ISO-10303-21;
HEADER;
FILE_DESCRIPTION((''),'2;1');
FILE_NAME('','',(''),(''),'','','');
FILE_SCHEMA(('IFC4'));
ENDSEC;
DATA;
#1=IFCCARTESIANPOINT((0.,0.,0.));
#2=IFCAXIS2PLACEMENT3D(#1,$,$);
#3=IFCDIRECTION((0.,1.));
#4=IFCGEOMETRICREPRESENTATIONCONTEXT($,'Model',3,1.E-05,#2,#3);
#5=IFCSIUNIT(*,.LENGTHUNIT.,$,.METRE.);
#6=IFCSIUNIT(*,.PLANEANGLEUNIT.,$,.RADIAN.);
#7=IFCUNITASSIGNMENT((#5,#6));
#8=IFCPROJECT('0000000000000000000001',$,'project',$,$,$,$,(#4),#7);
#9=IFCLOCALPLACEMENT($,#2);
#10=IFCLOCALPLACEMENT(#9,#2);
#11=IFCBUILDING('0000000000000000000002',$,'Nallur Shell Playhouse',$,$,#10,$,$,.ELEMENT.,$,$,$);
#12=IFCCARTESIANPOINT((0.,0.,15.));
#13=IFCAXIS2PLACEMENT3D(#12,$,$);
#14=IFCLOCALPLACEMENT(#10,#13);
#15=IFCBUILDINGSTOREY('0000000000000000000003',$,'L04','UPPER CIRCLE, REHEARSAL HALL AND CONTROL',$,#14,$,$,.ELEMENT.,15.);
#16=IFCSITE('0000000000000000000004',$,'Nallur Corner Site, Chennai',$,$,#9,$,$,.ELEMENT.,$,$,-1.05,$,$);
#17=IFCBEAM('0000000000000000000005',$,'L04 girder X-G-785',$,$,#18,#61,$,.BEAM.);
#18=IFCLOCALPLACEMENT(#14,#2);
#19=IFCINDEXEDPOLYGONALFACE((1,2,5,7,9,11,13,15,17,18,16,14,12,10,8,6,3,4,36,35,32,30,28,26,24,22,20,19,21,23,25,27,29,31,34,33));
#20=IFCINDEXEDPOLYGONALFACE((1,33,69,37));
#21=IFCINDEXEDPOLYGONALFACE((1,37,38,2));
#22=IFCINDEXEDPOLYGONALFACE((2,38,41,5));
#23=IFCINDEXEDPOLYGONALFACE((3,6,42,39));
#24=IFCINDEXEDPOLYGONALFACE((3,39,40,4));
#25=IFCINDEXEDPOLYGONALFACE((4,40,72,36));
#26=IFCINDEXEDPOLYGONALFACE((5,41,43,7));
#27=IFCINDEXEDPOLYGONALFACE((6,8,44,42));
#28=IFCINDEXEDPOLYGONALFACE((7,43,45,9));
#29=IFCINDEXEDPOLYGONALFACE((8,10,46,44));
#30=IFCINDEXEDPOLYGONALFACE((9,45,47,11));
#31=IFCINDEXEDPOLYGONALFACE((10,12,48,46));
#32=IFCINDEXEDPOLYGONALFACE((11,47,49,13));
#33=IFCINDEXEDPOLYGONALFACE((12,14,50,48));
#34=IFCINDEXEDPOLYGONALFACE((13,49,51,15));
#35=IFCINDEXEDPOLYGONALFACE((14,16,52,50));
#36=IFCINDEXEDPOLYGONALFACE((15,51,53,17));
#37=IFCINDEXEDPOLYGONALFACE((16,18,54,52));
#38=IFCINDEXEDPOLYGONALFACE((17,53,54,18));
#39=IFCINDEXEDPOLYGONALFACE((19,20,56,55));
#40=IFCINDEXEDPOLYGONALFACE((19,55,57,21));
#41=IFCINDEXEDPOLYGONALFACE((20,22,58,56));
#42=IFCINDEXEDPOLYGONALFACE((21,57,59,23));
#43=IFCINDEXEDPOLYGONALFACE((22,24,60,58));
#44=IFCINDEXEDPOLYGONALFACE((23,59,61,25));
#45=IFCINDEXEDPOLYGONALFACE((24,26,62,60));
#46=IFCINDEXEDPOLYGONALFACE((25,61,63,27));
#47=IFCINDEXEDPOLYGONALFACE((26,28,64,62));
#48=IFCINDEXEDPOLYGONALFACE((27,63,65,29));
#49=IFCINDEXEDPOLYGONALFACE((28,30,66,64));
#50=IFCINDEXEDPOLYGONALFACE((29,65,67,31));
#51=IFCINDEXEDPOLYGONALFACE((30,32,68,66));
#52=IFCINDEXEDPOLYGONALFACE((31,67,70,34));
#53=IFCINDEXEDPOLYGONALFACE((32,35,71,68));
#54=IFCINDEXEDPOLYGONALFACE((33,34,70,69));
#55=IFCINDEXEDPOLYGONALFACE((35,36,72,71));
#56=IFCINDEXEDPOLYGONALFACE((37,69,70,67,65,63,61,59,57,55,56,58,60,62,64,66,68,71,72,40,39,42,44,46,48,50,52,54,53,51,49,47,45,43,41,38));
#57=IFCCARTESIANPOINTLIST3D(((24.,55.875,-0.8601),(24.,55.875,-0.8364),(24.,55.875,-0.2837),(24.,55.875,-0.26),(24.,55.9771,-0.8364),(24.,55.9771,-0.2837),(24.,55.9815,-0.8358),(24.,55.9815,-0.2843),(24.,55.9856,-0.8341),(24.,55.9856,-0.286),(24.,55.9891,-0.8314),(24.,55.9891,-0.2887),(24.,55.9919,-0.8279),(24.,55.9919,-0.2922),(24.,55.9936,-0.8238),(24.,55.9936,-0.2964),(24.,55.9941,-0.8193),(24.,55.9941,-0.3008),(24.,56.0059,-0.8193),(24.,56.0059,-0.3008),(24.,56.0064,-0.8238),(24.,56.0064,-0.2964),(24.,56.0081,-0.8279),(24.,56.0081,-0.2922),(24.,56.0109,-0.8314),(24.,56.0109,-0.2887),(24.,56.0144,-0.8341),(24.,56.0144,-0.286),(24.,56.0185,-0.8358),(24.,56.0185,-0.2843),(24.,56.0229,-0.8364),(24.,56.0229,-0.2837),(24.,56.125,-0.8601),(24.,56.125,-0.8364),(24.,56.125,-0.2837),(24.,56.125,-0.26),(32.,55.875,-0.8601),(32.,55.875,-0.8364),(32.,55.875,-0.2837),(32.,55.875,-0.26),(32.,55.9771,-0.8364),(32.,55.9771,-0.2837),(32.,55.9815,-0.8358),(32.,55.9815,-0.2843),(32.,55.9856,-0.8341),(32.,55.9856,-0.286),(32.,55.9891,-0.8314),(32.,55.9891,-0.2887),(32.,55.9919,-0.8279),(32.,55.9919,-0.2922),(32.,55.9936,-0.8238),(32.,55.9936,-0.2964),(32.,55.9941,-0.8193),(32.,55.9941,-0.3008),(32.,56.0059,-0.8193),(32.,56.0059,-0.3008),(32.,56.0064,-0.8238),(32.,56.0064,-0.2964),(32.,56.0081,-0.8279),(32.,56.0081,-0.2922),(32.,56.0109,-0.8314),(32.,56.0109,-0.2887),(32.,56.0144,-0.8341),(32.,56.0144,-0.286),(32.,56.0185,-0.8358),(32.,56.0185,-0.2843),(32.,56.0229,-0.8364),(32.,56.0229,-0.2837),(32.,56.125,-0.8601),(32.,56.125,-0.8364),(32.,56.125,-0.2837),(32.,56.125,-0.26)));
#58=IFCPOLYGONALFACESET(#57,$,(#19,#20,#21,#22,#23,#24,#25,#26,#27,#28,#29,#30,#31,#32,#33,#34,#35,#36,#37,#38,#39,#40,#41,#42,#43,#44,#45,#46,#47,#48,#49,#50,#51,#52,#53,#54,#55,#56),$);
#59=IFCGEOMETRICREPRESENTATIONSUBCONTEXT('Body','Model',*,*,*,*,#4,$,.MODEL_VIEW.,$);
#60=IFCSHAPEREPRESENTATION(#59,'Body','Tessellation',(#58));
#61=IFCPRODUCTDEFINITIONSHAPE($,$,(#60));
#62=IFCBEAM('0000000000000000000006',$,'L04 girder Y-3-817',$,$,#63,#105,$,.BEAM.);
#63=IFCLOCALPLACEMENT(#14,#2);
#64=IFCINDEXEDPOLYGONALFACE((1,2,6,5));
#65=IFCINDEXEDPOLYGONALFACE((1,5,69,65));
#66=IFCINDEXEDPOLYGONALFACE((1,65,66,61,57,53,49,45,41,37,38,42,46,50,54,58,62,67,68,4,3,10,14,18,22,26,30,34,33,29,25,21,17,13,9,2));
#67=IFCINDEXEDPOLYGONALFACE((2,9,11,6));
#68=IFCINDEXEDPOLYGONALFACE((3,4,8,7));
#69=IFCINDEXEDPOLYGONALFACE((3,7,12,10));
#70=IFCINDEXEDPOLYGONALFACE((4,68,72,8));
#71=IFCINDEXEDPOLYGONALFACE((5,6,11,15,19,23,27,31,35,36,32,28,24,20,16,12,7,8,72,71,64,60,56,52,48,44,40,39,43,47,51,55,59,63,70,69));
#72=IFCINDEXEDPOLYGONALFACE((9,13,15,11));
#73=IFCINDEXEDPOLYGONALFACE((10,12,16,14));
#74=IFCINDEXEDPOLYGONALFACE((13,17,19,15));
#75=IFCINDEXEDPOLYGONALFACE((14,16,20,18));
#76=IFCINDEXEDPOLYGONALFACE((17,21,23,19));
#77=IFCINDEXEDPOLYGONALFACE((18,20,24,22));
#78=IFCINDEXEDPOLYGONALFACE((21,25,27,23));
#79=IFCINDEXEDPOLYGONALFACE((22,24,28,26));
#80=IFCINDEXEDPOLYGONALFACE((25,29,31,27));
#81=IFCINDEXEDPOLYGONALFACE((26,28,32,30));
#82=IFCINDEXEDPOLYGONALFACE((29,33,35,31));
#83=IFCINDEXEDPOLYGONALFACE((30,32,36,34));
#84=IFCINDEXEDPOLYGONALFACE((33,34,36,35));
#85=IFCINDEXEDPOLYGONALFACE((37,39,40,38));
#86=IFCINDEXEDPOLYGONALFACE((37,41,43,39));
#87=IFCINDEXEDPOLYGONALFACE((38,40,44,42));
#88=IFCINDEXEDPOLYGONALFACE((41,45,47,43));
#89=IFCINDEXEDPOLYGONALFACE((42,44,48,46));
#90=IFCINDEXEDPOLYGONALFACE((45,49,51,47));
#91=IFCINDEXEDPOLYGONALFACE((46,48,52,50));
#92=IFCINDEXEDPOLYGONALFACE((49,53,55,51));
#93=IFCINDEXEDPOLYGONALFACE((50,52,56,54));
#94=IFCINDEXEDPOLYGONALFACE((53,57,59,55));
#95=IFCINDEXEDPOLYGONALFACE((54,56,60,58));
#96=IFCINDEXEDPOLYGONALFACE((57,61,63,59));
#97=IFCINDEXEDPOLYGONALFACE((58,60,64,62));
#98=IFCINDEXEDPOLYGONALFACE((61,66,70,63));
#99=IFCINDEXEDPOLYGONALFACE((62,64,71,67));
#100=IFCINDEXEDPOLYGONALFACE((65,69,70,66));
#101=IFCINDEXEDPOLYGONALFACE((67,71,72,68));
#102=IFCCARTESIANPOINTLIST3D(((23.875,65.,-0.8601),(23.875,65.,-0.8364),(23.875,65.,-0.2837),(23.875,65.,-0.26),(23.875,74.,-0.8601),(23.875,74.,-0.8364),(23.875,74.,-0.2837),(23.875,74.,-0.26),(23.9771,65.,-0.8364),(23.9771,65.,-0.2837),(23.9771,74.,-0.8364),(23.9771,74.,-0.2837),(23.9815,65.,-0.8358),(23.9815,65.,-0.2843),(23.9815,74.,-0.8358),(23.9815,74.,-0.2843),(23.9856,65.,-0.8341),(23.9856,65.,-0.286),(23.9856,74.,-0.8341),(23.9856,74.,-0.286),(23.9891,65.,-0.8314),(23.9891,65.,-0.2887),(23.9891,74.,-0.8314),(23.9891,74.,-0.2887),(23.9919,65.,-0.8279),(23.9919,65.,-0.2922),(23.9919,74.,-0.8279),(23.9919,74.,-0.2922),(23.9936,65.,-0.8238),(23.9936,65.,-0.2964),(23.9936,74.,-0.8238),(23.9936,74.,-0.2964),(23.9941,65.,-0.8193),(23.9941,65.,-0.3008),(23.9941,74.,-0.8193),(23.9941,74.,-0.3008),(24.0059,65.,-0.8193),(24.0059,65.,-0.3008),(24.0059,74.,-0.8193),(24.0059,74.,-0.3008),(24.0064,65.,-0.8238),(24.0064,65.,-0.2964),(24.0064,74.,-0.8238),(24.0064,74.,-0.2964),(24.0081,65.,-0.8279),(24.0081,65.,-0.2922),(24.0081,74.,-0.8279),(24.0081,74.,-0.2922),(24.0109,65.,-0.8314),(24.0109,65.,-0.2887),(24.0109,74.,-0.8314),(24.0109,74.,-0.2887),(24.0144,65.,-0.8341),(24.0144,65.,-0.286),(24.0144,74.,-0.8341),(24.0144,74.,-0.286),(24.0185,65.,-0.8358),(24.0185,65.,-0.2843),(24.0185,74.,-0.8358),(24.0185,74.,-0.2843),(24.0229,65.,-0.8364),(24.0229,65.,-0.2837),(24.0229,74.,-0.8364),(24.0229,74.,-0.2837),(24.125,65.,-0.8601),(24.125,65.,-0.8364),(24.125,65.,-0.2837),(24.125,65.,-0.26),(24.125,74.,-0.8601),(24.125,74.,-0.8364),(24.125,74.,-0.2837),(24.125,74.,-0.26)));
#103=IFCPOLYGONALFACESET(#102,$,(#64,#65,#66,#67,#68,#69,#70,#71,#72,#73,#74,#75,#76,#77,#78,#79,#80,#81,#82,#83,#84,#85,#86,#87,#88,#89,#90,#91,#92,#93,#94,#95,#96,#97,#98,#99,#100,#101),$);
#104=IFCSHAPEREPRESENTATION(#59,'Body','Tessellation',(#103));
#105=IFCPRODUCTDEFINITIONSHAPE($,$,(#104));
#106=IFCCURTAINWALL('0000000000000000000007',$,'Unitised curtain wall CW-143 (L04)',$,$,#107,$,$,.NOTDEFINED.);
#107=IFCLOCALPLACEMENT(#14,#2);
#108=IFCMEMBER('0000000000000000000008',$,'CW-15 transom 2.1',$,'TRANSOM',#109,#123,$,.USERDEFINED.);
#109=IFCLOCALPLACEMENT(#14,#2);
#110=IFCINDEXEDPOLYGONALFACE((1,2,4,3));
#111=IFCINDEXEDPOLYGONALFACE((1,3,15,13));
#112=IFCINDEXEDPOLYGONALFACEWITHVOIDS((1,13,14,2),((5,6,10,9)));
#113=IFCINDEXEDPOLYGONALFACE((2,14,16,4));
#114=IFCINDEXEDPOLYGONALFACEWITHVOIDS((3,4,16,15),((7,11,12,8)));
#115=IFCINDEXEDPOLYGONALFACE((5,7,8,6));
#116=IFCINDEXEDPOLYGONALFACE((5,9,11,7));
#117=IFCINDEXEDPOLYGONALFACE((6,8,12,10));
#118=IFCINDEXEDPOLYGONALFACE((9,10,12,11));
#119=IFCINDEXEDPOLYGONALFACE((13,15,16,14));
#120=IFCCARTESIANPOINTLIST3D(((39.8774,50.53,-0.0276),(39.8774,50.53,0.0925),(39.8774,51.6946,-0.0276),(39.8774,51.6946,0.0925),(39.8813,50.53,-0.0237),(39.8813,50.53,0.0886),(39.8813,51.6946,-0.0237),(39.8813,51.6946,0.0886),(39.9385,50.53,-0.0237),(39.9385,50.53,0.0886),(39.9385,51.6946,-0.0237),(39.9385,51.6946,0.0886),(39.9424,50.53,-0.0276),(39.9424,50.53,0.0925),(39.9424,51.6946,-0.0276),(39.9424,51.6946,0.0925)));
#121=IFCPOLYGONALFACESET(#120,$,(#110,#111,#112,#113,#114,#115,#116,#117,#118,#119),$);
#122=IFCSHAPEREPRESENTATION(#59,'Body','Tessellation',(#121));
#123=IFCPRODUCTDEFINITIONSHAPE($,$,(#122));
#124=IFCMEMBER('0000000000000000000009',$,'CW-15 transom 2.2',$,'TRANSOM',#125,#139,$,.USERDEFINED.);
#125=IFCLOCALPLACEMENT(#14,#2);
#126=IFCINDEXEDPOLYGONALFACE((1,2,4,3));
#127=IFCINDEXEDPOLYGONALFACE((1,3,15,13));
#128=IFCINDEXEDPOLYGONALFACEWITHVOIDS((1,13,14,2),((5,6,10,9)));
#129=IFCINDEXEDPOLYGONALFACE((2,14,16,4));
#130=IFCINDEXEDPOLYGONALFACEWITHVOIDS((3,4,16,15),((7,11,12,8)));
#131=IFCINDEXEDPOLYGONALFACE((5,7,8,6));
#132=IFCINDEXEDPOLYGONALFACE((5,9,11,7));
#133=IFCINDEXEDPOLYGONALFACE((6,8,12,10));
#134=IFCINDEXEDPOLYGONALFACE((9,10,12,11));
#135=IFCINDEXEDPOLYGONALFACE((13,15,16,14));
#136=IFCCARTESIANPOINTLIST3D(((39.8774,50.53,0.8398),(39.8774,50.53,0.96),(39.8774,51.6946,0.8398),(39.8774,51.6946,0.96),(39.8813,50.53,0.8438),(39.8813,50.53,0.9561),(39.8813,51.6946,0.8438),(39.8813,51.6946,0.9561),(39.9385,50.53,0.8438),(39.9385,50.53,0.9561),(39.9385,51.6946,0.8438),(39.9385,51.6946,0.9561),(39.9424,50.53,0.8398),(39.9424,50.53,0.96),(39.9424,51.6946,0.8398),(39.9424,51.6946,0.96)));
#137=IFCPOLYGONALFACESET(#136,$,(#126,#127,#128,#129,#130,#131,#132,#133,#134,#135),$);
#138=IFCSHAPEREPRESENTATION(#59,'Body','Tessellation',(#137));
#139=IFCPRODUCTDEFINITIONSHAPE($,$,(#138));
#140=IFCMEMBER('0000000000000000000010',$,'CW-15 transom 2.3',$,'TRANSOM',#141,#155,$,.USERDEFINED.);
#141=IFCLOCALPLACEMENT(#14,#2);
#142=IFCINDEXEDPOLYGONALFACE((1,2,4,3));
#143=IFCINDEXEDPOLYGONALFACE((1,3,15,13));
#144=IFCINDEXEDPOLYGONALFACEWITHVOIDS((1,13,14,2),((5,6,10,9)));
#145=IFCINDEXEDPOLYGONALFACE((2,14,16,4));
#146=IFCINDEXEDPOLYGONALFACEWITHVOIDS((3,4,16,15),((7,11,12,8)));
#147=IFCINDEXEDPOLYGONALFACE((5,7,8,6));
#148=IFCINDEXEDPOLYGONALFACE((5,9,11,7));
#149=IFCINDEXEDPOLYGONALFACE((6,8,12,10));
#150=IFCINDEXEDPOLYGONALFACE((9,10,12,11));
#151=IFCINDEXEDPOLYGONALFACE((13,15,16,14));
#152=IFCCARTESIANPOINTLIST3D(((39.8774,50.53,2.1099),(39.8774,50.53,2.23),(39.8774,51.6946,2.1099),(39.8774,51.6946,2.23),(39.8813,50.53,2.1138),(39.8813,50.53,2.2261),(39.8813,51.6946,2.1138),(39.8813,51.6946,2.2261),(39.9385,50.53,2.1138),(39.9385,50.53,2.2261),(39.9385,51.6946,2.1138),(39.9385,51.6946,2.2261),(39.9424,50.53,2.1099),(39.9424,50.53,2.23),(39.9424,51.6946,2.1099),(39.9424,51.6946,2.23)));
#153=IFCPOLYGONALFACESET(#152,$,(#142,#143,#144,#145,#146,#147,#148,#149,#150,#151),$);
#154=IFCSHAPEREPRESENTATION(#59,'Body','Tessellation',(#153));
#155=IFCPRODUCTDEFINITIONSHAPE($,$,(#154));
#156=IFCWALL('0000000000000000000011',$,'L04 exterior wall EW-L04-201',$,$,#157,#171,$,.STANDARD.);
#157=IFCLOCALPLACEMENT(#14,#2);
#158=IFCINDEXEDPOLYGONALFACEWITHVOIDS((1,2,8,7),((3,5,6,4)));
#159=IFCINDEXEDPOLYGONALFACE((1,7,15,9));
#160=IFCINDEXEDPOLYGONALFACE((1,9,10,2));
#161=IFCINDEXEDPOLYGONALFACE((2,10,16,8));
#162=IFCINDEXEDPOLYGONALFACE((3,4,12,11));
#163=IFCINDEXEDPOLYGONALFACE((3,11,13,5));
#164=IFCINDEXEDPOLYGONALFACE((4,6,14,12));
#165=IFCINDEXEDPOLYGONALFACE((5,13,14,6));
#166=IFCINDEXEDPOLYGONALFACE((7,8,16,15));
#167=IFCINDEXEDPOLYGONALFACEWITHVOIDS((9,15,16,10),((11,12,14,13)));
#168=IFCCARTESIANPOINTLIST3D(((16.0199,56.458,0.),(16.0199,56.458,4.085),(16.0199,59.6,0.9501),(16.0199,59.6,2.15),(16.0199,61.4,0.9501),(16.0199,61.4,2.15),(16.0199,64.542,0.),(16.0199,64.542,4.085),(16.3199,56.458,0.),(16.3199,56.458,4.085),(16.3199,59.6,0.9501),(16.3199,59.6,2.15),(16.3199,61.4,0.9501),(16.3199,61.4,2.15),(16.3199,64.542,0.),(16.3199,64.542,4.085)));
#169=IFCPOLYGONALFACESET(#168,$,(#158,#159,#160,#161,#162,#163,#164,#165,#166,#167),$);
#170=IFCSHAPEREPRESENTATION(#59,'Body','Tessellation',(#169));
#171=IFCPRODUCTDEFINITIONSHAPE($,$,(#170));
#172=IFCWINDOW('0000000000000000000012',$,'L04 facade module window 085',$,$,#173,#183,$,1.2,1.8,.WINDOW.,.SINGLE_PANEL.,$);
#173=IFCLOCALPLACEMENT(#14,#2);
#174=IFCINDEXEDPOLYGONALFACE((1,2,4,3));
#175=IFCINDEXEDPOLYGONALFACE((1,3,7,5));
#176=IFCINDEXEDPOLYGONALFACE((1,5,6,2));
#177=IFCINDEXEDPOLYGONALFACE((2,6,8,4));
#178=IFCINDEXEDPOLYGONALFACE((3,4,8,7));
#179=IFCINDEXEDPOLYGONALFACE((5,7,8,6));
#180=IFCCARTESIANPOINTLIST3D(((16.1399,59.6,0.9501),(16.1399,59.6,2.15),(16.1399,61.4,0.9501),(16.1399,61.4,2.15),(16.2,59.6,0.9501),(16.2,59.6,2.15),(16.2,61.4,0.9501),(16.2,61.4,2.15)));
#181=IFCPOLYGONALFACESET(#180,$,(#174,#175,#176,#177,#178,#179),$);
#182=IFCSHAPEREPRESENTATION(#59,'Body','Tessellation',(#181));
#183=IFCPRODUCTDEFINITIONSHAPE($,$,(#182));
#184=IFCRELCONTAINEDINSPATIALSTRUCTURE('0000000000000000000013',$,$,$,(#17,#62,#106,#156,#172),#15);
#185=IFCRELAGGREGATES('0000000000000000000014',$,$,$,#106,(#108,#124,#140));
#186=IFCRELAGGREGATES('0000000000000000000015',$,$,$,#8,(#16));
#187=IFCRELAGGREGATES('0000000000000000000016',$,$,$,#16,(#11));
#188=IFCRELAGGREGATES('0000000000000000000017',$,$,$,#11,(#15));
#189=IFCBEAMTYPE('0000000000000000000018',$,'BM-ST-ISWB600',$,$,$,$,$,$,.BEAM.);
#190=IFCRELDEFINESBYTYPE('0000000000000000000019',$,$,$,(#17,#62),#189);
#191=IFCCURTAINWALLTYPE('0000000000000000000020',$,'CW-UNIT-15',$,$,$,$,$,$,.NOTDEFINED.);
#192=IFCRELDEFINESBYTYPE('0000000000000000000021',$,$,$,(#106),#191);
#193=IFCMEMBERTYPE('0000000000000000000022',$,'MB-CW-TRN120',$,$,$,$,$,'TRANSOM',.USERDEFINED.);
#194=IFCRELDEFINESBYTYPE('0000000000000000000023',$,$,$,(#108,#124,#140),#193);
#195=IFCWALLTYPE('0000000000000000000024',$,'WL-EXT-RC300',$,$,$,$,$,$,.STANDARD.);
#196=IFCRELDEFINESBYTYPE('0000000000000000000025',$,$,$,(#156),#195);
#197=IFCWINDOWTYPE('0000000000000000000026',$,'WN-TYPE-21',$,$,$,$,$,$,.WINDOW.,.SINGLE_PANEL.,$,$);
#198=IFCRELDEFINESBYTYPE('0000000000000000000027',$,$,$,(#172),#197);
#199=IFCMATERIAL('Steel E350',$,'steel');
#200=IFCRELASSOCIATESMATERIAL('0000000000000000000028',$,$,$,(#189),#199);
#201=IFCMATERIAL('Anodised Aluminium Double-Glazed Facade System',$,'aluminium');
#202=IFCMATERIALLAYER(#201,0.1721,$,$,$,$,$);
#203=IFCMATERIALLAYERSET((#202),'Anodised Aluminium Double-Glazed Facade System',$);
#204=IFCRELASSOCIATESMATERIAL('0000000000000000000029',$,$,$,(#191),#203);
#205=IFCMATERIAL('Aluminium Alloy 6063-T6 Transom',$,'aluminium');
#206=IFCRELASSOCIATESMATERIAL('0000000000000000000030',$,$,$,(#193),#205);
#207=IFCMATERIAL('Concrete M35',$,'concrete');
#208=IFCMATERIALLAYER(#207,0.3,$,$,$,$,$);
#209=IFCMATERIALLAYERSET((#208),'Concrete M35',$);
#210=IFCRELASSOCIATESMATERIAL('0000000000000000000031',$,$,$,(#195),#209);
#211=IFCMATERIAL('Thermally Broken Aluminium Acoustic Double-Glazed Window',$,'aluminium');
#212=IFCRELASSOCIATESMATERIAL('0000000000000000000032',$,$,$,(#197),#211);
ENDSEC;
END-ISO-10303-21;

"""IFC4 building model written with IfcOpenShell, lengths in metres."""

from ifc_helpers import new_model, si_unit, direction, frame, frame_2d, origin, origin_2d, place, context, subcontext, project, spatial, rectangle, hollow_rectangle, i_section, extrude, material, layer, layer_set, material_profile, profile_set, type_object, element, fill, aggregate, save


model = new_model("IFC4")

# Units and contexts
model_context = context("Model", 3, precision=1e-05, world=origin(), true_north=direction((0.0, 1.0)))
body_context = subcontext(model_context, "Body", "Model", "MODEL_VIEW")
ifc_project = project(units=[si_unit("LENGTHUNIT", "METRE"), si_unit("PLANEANGLEUNIT", "RADIAN")], contexts=[model_context])

# Site, building, storey
site_placement = place(None, origin())
site = spatial("IfcSite", under=ifc_project, at=site_placement, Name="Nallur Corner Site, Chennai", CompositionType="ELEMENT", RefElevation=-1.05)
building_placement = place(site_placement, origin())
building = spatial("IfcBuilding", under=site, at=building_placement, Name="Nallur Shell Playhouse", CompositionType="ELEMENT")
storey_placement = place(building_placement, frame((0.0, 0.0, 15.0)))
storey = spatial("IfcBuildingStorey", under=building, at=storey_placement, Name="L04", Description="UPPER CIRCLE, REHEARSAL HALL AND CONTROL", CompositionType="ELEMENT", Elevation=15.0)

# Beams
ifc_material_1 = material(Name="Concrete M35", Category="concrete")
ifc_material_2 = material(Name="Steel E350", Category="steel")
ifc_material_profile_1 = material_profile(ifc_material_2, i_section(OverallWidth=0.25, OverallDepth=0.6001, WebThickness=0.0117, FlangeThickness=0.0237, FilletRadius=0.0171, at=origin_2d()), Name="ISWB 600")
ifc_profile_set_1 = profile_set([ifc_material_profile_1], Name="Steel E350")
beam_type_1 = type_object("IfcBeamType", Name="BM-ST-ISWB600", PredefinedType="BEAM", material=ifc_profile_set_1)
beam_1_placement = place(storey_placement, frame((24.0, 56.0, -0.5601), z_axis=(1.0, 0.0, 0.0), x_axis=(0.0, 1.0, 0.0)))
element("IfcBeam", 1, at=beam_1_placement, inside=storey, type_object=beam_type_1, Name="L04 girder X-G-785", PredefinedType="BEAM", context=body_context, shape_type="SweptSolid", body=[
    extrude(i_section(OverallWidth=0.25, OverallDepth=0.6001, WebThickness=0.0117, FlangeThickness=0.0237, FilletRadius=0.0171, at=origin_2d()), origin(), (0.0, 0.0, 1.0), 8.0),
])
beam_2_placement = place(storey_placement, frame((24.0, 65.0, -0.5601), z_axis=(0.0, 1.0, 0.0), x_axis=(-1.0, 0.0, 0.0)))
element("IfcBeam", 2, at=beam_2_placement, inside=storey, type_object=beam_type_1, Name="L04 girder Y-3-817", PredefinedType="BEAM", context=body_context, shape_type="SweptSolid", body=[
    extrude(i_section(OverallWidth=0.25, OverallDepth=0.6001, WebThickness=0.0117, FlangeThickness=0.0237, FilletRadius=0.0171, at=origin_2d()), origin(), (0.0, 0.0, 1.0), 9.0),
])

# Curtain wall, members
ifc_material_3 = material(Name="Anodised Aluminium Double-Glazed Facade System", Category="aluminium")
ifc_layer_1 = layer(ifc_material_3, 0.1721)
ifc_layer_set_1 = layer_set([ifc_layer_1], Name="Anodised Aluminium Double-Glazed Facade System")
curtain_wall_type = type_object("IfcCurtainWallType", Name="CW-UNIT-15", PredefinedType="NOTDEFINED", material=ifc_layer_set_1)
curtain_wall_placement = place(storey_placement, origin())
curtain_wall = element("IfcCurtainWall", 3, at=curtain_wall_placement, inside=storey, type_object=curtain_wall_type, Name="Unitised curtain wall CW-143 (L04)", PredefinedType="NOTDEFINED")
ifc_material_4 = material(Name="Aluminium Alloy 6063-T6 Transom", Category="aluminium")
ifc_material_profile_2 = material_profile(ifc_material_4, hollow_rectangle(XDim=0.0649, YDim=0.1201, WallThickness=0.0039, at=origin_2d()), Name="ALU 65x120x4")
ifc_profile_set_2 = profile_set([ifc_material_profile_2], Name="Aluminium Alloy 6063-T6 Transom")
member_type = type_object("IfcMemberType", Name="MB-CW-TRN120", ElementType="TRANSOM", PredefinedType="USERDEFINED", material=ifc_profile_set_2)
member_1_placement = place(storey_placement, frame((39.9099, 51.6946, 0.0325), z_axis=(0.0, -1.0, 0.0), x_axis=(1.0, 0.0, 0.0)))
member_1 = element("IfcMember", 4, at=member_1_placement, type_object=member_type, Name="CW-15 transom 2.1", ObjectType="TRANSOM", PredefinedType="USERDEFINED", context=body_context, shape_type="SweptSolid", body=[
    extrude(hollow_rectangle(XDim=0.0649, YDim=0.1201, WallThickness=0.0039, at=origin_2d()), origin(), (0.0, 0.0, 1.0), 1.1646),
])
member_2_placement = place(storey_placement, frame((39.9099, 51.6946, 0.8999), z_axis=(0.0, -1.0, 0.0), x_axis=(1.0, 0.0, 0.0)))
member_2 = element("IfcMember", 5, at=member_2_placement, type_object=member_type, Name="CW-15 transom 2.2", ObjectType="TRANSOM", PredefinedType="USERDEFINED", context=body_context, shape_type="SweptSolid", body=[
    extrude(hollow_rectangle(XDim=0.0649, YDim=0.1201, WallThickness=0.0039, at=origin_2d()), origin(), (0.0, 0.0, 1.0), 1.1646),
])
member_3_placement = place(storey_placement, frame((39.9099, 51.6946, 2.1699), z_axis=(0.0, -1.0, 0.0), x_axis=(1.0, 0.0, 0.0)))
member_3 = element("IfcMember", 6, at=member_3_placement, type_object=member_type, Name="CW-15 transom 2.3", ObjectType="TRANSOM", PredefinedType="USERDEFINED", context=body_context, shape_type="SweptSolid", body=[
    extrude(hollow_rectangle(XDim=0.0649, YDim=0.1201, WallThickness=0.0039, at=origin_2d()), origin(), (0.0, 0.0, 1.0), 1.1646),
])
aggregate(curtain_wall, [member_1, member_2, member_3])

# Wall, opening, window
ifc_layer_2 = layer(ifc_material_1, 0.3)
ifc_layer_set_2 = layer_set([ifc_layer_2], Name="Concrete M35")
wall_type_1 = type_object("IfcWallType", Name="WL-EXT-RC300", PredefinedType="STANDARD", material=ifc_layer_set_2)
wall_1_placement = place(storey_placement, frame((16.1699, 56.458, 0.0), z_axis=(0.0, 0.0, 1.0), x_axis=(0.0, 1.0, 0.0)))
wall_1 = element("IfcWall", 7, at=wall_1_placement, inside=storey, type_object=wall_type_1, Name="L04 exterior wall EW-L04-201", PredefinedType="STANDARD", context=body_context, shape_type="SweptSolid", body=[
    extrude(rectangle(XDim=8.084, YDim=0.3, at=frame_2d((4.042, 0.0))), origin(), (0.0, 0.0, 1.0), 4.085),
])
opening_1_placement = place(wall_1_placement, frame((3.1421, 0.0, 0.95)))
opening_1 = element("IfcOpeningElement", 8, at=opening_1_placement, cuts=wall_1, PredefinedType="OPENING", context=body_context, shape_type="SweptSolid", body=[
    extrude(rectangle(XDim=1.8, YDim=1.2, at=frame_2d((0.8999, 0.6001))), frame((0.0, 0.1602, 0.0), z_axis=(0.0, -1.0, 0.0), x_axis=(1.0, 0.0, 0.0)), (0.0, 0.0, 1.0), 0.3201),
])
ifc_material_5 = material(Name="Thermally Broken Aluminium Acoustic Double-Glazed Window", Category="aluminium")
window_type_1 = type_object("IfcWindowType", Name="WN-TYPE-21", PartitioningType="SINGLE_PANEL", PredefinedType="WINDOW", material=ifc_material_5)
window_1_placement = place(opening_1_placement, origin())
window_1 = element("IfcWindow", 9, at=window_1_placement, inside=storey, type_object=window_type_1, Name="L04 facade module window 085", OverallHeight=1.2, OverallWidth=1.8, PartitioningType="SINGLE_PANEL", PredefinedType="WINDOW", context=body_context, shape_type="SweptSolid", body=[
    extrude(rectangle(XDim=1.8, YDim=1.2, at=frame_2d((0.8999, 0.6001))), frame((0.0, 0.03, 0.0), z_axis=(0.0, -1.0, 0.0), x_axis=(1.0, 0.0, 0.0)), (0.0, 0.0, 1.0), 0.0601),
])
fill(opening_1, window_1)

save(model, "model.ifc")
